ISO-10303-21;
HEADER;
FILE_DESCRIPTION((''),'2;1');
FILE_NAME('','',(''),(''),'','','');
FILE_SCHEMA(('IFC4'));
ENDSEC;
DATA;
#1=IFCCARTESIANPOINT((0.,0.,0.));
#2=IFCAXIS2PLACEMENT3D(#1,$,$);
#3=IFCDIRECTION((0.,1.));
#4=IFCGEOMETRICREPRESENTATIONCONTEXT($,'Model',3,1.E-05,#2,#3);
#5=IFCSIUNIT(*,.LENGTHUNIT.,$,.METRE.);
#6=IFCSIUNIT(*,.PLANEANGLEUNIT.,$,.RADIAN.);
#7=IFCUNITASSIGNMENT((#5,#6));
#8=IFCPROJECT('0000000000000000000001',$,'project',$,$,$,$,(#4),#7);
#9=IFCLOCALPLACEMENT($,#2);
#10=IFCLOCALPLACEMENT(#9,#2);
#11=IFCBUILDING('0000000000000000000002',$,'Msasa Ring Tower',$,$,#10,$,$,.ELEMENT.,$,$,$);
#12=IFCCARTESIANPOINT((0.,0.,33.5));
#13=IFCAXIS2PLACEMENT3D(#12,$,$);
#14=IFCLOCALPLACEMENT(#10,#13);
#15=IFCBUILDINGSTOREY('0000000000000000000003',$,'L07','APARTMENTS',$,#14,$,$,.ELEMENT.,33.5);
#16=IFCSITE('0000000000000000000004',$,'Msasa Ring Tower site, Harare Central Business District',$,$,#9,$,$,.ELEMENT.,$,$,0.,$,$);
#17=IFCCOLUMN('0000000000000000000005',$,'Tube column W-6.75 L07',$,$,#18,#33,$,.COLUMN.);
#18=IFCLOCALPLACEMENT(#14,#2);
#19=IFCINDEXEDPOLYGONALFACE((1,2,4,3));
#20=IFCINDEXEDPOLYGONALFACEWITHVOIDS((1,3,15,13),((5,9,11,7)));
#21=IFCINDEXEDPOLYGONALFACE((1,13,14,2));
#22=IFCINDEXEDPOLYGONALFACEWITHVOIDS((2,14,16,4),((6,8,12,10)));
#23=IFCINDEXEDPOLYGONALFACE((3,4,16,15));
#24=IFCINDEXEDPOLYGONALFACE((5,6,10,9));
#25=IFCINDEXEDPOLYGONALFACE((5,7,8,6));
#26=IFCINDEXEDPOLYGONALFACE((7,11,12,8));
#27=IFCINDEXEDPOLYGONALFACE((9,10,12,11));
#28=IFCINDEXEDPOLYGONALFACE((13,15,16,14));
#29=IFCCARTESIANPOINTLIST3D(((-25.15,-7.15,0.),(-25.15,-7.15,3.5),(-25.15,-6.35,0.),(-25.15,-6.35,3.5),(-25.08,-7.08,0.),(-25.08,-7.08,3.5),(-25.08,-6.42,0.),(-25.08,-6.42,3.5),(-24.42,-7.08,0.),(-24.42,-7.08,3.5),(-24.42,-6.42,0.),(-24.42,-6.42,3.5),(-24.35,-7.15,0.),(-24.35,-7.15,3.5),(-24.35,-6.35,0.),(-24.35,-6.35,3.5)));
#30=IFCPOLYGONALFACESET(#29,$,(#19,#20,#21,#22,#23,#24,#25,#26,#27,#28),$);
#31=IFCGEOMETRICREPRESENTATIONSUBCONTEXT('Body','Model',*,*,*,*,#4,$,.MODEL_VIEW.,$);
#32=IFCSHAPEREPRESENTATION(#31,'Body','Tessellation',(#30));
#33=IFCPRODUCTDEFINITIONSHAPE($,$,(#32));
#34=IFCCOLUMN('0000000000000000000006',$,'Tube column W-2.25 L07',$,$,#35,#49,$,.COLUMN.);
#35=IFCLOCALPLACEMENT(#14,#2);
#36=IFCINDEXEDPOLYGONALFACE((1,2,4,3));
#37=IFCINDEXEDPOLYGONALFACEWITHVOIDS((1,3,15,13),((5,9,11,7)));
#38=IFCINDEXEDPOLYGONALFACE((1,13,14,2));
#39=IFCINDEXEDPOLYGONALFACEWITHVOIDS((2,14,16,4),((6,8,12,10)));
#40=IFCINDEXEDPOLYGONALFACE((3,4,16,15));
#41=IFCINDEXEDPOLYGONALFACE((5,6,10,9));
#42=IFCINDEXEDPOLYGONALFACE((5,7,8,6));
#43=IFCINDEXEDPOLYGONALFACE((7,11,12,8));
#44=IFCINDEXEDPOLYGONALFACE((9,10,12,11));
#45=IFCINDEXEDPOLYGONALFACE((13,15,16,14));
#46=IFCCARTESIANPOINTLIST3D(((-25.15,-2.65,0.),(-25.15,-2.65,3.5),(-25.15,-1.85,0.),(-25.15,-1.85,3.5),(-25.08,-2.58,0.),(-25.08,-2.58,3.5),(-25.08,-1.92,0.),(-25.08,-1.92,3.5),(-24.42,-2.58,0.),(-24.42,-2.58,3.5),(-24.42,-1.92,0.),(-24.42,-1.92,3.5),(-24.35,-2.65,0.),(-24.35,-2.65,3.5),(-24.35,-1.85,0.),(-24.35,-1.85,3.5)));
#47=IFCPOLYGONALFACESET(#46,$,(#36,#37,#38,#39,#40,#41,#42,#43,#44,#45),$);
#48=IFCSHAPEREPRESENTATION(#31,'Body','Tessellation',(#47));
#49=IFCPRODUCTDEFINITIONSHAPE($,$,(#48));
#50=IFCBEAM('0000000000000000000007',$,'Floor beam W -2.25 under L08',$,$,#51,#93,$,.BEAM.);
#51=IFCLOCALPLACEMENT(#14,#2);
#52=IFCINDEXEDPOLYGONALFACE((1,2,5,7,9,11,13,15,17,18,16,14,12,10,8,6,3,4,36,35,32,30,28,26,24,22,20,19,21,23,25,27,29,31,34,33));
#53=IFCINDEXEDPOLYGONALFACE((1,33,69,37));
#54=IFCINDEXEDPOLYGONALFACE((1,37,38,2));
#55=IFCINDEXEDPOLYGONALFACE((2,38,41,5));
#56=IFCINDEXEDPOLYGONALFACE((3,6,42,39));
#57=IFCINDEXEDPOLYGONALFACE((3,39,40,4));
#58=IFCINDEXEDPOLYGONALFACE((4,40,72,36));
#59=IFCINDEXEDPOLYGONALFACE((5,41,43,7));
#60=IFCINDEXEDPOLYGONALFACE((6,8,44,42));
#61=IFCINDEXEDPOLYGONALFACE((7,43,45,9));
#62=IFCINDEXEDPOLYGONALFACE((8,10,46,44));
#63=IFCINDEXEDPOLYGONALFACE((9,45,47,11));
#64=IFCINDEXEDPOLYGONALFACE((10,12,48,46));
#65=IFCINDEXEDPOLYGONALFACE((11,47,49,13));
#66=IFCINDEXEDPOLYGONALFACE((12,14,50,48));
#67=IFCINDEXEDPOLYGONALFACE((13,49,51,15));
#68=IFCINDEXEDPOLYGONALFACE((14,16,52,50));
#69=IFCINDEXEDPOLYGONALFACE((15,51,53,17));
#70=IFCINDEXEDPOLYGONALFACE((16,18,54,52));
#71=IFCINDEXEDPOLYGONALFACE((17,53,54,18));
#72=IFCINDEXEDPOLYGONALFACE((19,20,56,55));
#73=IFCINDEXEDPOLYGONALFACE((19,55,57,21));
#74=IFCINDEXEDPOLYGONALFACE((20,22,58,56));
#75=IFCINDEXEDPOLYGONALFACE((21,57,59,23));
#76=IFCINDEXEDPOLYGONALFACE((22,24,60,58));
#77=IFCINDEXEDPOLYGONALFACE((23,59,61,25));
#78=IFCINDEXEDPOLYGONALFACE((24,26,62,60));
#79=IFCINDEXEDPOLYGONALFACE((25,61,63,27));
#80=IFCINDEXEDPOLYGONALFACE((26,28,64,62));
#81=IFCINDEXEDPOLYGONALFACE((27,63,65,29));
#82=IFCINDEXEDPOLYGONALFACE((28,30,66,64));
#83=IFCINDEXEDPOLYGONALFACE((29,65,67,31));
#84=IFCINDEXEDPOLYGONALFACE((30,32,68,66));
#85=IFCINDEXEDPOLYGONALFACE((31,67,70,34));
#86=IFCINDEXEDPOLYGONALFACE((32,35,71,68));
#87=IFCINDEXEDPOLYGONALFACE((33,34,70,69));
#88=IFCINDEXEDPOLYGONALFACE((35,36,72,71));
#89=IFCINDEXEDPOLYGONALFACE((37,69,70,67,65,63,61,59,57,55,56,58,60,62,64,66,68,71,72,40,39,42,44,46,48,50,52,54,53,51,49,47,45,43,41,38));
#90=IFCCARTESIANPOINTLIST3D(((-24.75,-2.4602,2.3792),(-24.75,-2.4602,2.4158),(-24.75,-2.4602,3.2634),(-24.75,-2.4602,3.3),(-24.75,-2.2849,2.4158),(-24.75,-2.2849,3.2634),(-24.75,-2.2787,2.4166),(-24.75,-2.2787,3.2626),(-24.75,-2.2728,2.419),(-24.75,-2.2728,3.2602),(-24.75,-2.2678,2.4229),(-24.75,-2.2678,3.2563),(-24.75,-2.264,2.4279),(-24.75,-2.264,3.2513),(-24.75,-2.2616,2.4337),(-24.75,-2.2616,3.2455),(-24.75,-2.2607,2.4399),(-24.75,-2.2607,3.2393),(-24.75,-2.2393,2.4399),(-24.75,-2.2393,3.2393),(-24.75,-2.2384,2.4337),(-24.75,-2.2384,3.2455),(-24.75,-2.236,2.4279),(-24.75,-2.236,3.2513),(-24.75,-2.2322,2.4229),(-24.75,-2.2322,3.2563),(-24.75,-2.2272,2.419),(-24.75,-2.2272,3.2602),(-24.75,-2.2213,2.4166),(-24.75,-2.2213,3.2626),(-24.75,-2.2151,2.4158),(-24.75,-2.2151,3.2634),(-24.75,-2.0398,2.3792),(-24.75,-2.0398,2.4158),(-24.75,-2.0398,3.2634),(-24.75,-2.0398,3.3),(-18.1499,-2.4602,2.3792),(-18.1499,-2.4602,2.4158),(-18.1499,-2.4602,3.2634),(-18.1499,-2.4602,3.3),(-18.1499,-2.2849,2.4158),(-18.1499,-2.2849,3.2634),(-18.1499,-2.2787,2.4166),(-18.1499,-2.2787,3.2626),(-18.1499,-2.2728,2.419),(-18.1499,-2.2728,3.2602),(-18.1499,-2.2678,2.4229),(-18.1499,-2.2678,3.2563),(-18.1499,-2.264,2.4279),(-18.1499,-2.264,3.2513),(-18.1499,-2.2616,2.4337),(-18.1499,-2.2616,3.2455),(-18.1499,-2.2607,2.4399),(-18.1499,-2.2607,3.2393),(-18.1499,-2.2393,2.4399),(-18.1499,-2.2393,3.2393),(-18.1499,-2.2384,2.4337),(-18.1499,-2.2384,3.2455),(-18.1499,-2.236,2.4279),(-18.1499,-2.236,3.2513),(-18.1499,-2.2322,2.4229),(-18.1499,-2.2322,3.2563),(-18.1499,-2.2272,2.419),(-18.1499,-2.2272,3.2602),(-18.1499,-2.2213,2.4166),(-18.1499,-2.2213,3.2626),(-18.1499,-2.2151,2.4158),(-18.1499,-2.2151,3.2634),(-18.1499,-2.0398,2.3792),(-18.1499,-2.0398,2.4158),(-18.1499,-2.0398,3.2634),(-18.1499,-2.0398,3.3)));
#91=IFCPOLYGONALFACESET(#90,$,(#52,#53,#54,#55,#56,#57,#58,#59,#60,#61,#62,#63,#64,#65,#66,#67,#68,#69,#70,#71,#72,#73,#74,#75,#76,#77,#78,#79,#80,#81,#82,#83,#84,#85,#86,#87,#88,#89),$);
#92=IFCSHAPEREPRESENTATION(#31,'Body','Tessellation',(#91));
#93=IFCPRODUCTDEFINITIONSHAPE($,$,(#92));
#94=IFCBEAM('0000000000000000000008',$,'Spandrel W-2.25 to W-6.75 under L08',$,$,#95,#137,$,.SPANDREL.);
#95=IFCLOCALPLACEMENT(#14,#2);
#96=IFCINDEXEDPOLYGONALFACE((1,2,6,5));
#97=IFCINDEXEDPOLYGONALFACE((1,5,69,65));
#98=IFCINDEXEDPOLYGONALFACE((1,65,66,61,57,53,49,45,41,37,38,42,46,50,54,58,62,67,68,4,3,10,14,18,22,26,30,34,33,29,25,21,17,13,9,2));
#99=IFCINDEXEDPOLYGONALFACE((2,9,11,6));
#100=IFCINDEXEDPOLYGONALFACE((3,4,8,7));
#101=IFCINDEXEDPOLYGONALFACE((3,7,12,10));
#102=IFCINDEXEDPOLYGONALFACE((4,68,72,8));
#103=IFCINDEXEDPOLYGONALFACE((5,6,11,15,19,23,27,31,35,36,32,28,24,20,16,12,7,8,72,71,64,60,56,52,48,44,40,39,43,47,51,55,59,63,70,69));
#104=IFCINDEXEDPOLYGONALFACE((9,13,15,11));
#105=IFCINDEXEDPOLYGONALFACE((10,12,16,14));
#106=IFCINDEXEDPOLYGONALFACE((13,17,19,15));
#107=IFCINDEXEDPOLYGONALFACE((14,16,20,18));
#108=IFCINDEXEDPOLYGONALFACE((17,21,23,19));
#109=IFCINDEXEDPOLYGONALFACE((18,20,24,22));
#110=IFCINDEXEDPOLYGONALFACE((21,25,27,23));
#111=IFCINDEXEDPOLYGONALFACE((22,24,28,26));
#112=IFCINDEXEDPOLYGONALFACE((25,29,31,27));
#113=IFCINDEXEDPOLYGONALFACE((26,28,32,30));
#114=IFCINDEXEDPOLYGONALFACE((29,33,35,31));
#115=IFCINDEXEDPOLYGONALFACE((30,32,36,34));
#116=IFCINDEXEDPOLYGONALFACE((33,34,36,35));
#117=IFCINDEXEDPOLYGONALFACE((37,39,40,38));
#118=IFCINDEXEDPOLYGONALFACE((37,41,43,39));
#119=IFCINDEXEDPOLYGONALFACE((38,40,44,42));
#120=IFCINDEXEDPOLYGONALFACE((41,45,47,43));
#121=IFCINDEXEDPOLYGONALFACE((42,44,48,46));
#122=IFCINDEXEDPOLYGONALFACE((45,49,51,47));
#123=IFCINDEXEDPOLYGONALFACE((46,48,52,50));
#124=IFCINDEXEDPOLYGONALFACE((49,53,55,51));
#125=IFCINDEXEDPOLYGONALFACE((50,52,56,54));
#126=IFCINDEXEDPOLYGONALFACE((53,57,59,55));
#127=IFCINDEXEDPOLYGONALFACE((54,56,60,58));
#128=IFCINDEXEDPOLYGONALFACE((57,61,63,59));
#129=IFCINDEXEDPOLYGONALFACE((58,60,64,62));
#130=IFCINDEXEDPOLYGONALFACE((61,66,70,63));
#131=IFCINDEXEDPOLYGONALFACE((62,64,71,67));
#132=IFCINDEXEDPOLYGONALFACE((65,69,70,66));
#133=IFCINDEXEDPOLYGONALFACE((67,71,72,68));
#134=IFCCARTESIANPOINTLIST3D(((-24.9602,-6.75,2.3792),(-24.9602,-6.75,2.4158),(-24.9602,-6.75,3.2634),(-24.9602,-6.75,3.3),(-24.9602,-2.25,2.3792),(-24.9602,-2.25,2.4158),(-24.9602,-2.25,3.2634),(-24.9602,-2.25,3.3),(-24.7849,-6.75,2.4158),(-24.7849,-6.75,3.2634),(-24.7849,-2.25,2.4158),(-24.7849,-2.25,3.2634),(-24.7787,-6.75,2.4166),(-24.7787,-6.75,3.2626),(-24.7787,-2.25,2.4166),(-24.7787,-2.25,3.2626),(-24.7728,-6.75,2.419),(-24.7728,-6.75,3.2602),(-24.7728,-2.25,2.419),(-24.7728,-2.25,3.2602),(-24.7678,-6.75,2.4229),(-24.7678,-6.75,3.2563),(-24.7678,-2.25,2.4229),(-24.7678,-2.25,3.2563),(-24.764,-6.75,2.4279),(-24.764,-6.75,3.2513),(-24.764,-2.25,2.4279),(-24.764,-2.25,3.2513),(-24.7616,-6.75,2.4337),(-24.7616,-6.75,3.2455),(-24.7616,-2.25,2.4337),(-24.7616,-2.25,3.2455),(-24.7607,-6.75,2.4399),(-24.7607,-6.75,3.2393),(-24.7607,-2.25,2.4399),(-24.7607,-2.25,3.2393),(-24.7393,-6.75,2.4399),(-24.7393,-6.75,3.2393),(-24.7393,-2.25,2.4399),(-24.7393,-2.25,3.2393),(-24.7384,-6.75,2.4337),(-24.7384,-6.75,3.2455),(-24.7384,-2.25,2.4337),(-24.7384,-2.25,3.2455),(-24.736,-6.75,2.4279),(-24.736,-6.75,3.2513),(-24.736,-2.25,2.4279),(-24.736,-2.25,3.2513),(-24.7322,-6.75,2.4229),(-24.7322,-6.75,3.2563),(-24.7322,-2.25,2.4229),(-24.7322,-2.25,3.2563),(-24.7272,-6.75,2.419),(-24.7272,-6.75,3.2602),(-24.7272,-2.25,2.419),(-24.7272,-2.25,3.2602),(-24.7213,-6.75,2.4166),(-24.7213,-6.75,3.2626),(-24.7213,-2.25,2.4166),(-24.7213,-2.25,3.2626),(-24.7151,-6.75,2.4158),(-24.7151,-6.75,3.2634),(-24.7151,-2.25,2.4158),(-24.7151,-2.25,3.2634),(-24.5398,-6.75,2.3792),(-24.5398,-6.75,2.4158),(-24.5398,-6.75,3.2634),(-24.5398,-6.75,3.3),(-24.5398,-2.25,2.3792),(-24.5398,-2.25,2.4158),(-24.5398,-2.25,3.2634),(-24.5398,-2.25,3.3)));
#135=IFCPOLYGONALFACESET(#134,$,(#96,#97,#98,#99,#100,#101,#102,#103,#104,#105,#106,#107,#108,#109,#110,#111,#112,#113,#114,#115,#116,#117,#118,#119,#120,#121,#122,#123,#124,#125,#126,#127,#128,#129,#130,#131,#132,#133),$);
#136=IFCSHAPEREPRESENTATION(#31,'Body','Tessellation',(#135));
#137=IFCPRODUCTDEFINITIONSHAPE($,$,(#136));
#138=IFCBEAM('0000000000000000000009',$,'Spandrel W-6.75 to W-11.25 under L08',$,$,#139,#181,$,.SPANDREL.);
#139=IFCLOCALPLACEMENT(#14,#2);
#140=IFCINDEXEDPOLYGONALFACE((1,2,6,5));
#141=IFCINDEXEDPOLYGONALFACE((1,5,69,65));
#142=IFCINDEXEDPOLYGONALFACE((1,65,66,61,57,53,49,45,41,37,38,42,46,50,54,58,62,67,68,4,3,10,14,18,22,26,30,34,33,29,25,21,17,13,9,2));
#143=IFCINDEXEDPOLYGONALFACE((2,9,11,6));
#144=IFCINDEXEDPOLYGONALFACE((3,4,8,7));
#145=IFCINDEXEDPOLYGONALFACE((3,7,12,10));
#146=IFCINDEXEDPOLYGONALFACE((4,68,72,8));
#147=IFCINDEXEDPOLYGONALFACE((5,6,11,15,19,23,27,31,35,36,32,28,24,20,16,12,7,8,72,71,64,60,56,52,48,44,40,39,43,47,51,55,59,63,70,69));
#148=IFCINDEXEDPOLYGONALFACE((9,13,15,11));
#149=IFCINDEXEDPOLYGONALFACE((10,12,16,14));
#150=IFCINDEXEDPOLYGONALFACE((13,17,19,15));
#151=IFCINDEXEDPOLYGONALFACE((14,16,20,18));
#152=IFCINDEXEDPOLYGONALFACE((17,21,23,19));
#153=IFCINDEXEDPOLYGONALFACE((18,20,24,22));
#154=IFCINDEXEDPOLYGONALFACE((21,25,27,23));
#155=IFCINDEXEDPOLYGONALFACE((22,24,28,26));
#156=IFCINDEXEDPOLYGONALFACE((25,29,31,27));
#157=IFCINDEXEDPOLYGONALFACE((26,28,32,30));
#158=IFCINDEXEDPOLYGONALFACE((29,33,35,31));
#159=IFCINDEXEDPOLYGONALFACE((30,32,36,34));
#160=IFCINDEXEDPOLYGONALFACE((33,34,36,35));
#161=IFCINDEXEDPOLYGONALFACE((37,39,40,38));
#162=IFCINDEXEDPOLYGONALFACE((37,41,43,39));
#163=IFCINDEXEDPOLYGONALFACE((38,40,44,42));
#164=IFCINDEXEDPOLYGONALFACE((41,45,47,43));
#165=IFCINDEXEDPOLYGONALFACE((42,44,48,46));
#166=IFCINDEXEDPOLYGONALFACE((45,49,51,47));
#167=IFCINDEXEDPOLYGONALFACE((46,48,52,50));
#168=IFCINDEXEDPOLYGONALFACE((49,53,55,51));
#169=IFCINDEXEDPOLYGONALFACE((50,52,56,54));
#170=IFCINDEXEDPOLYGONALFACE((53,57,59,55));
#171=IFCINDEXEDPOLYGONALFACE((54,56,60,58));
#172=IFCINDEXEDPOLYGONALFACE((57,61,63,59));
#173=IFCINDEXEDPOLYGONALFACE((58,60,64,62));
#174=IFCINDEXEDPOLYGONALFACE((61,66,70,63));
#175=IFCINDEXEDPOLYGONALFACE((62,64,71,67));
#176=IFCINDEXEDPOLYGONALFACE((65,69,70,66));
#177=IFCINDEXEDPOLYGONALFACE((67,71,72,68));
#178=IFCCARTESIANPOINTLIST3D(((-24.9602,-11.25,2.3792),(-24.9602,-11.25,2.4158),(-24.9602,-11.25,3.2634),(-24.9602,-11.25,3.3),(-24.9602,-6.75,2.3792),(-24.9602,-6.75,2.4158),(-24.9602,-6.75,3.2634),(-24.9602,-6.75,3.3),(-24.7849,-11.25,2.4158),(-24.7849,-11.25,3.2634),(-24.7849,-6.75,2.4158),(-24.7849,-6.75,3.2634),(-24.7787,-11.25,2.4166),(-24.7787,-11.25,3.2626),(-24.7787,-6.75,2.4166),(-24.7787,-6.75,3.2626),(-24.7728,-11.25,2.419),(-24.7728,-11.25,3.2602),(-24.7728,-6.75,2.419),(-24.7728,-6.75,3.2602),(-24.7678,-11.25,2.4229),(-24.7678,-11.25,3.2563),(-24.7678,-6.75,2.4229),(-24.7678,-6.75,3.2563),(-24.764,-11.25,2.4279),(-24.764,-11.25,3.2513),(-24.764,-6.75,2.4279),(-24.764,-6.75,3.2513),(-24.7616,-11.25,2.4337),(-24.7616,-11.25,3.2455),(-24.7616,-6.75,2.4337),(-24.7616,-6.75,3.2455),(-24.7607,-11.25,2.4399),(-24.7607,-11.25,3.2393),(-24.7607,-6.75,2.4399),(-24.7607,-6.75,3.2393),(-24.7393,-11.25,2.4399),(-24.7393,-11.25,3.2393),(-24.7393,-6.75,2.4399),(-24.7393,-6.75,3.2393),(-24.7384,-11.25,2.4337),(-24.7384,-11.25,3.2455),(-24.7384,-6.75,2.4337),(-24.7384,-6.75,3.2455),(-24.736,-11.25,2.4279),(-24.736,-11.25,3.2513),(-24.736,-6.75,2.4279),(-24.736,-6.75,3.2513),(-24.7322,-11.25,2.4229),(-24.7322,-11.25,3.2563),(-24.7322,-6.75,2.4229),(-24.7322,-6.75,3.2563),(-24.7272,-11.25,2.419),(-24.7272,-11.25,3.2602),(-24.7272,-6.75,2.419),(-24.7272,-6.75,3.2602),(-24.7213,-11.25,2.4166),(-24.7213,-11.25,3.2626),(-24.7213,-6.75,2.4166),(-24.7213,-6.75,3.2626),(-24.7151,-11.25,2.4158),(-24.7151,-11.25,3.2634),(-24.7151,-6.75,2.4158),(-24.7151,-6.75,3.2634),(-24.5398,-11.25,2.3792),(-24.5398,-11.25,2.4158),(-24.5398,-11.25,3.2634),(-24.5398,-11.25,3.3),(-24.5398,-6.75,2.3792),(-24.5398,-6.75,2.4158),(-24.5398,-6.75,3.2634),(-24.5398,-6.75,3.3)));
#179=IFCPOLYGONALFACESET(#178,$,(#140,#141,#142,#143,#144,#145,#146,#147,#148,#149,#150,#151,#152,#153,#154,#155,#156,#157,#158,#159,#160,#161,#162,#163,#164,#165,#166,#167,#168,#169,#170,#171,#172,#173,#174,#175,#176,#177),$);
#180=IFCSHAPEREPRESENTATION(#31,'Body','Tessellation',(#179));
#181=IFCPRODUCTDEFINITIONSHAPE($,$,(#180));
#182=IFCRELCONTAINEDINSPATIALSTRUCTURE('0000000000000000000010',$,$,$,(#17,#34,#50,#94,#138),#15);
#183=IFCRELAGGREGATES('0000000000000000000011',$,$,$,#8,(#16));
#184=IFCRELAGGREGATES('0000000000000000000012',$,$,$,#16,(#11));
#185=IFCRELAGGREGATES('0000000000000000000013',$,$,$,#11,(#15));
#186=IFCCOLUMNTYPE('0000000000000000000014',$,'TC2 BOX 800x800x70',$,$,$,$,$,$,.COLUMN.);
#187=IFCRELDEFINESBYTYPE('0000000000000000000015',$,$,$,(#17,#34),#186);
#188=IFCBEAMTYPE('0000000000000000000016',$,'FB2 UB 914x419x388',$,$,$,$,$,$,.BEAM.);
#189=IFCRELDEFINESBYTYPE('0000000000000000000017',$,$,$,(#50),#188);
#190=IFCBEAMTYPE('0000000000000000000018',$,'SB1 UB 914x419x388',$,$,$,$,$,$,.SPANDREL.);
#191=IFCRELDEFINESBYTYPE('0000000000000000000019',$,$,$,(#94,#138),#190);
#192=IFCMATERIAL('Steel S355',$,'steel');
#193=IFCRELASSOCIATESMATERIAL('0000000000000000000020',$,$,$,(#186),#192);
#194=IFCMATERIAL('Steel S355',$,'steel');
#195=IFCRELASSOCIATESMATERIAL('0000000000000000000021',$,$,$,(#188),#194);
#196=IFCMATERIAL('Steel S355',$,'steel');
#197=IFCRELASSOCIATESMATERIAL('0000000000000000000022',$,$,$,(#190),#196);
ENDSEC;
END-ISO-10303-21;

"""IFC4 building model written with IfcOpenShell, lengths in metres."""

from ifc_helpers import new_model, si_unit, direction, frame, origin, origin_2d, place, context, subcontext, project, spatial, hollow_rectangle, i_section, extrude, material, material_profile, profile_set, type_object, element, save


model = new_model("IFC4")

# Units and contexts
model_context = context("Model", 3, precision=1e-05, world=origin(), true_north=direction((0.0, 1.0)))
body_context = subcontext(model_context, "Body", "Model", "MODEL_VIEW")
ifc_project = project(units=[si_unit("LENGTHUNIT", "METRE"), si_unit("PLANEANGLEUNIT", "RADIAN")], contexts=[model_context])

# Site, building, storey
site_placement = place(None, origin())
site = spatial("IfcSite", under=ifc_project, at=site_placement, Name="Msasa Ring Tower site, Harare Central Business District", CompositionType="ELEMENT", RefElevation=0.0)
building_placement = place(site_placement, origin())
building = spatial("IfcBuilding", under=site, at=building_placement, Name="Msasa Ring Tower", CompositionType="ELEMENT")
storey_placement = place(building_placement, frame((0.0, 0.0, 33.5)))
storey = spatial("IfcBuildingStorey", under=building, at=storey_placement, Name="L07", Description="APARTMENTS", CompositionType="ELEMENT", Elevation=33.5)

# Columns
ifc_material_1 = material(Name="Steel S355", Category="steel")
ifc_material_profile_1 = material_profile(ifc_material_1, hollow_rectangle(XDim=0.8, YDim=0.8, WallThickness=0.0701, at=origin_2d()), Name="BOX 800x800x70")
ifc_profile_set_1 = profile_set([ifc_material_profile_1], Name="Steel S355")
column_type = type_object("IfcColumnType", Name="TC2 BOX 800x800x70", PredefinedType="COLUMN", material=ifc_profile_set_1)
for number, where, z_axis, x_axis, name in (
    (1, (-24.75, -6.75, 0.0), (0.0, 0.0, 1.0), (1.0, 0.0, 0.0), "Tube column W-6.75 L07"),
    (2, (-24.75, -2.25, 0.0), (0.0, 0.0, 1.0), (1.0, 0.0, 0.0), "Tube column W-2.25 L07"),
):
    element("IfcColumn", number, at=place(storey_placement, frame(where, z_axis=z_axis, x_axis=x_axis)), inside=storey, type_object=column_type, Name=name, PredefinedType="COLUMN", context=body_context, shape_type="SweptSolid", body=[
        extrude(hollow_rectangle(XDim=0.8, YDim=0.8, WallThickness=0.0701, at=origin_2d()), origin(), (0.0, 0.0, 1.0), 3.5),
    ])

# Beams
ifc_material_2 = material(Name="Steel S355", Category="steel")
ifc_material_profile_2 = material_profile(ifc_material_2, i_section(OverallWidth=0.4204, OverallDepth=0.9209, WebThickness=0.0215, FlangeThickness=0.0366, FilletRadius=0.0242, at=origin_2d()), Name="UB 914x419x388")
ifc_profile_set_2 = profile_set([ifc_material_profile_2], Name="Steel S355")
beam_type_1 = type_object("IfcBeamType", Name="FB2 UB 914x419x388", PredefinedType="BEAM", material=ifc_profile_set_2)
beam_placement = place(storey_placement, frame((-24.75, -2.25, 2.8396), z_axis=(1.0, 0.0, 0.0), x_axis=(0.0, 1.0, 0.0)))
element("IfcBeam", 3, at=beam_placement, inside=storey, type_object=beam_type_1, Name="Floor beam W -2.25 under L08", PredefinedType="BEAM", context=body_context, shape_type="SweptSolid", body=[
    extrude(i_section(OverallWidth=0.4204, OverallDepth=0.9209, WebThickness=0.0215, FlangeThickness=0.0366, FilletRadius=0.0242, at=origin_2d()), origin(), (0.0, 0.0, 1.0), 6.6001),
])
ifc_material_3 = material(Name="Steel S355", Category="steel")
ifc_material_profile_3 = material_profile(ifc_material_3, i_section(OverallWidth=0.4204, OverallDepth=0.9209, WebThickness=0.0215, FlangeThickness=0.0366, FilletRadius=0.0242, at=origin_2d()), Name="UB 914x419x388")
ifc_profile_set_3 = profile_set([ifc_material_profile_3], Name="Steel S355")
beam_type_2 = type_object("IfcBeamType", Name="SB1 UB 914x419x388", PredefinedType="SPANDREL", material=ifc_profile_set_3)
for number, where, z_axis, x_axis, name in (
    (4, (-24.75, -2.25, 2.8396), (0.0, -1.0, 0.0), (1.0, 0.0, 0.0), "Spandrel W-2.25 to W-6.75 under L08"),
    (5, (-24.75, -6.75, 2.8396), (0.0, -1.0, 0.0), (1.0, 0.0, 0.0), "Spandrel W-6.75 to W-11.25 under L08"),
):
    element("IfcBeam", number, at=place(storey_placement, frame(where, z_axis=z_axis, x_axis=x_axis)), inside=storey, type_object=beam_type_2, Name=name, PredefinedType="SPANDREL", context=body_context, shape_type="SweptSolid", body=[
        extrude(i_section(OverallWidth=0.4204, OverallDepth=0.9209, WebThickness=0.0215, FlangeThickness=0.0366, FilletRadius=0.0242, at=origin_2d()), origin(), (0.0, 0.0, 1.0), 4.5),
    ])

save(model, "model.ifc")
